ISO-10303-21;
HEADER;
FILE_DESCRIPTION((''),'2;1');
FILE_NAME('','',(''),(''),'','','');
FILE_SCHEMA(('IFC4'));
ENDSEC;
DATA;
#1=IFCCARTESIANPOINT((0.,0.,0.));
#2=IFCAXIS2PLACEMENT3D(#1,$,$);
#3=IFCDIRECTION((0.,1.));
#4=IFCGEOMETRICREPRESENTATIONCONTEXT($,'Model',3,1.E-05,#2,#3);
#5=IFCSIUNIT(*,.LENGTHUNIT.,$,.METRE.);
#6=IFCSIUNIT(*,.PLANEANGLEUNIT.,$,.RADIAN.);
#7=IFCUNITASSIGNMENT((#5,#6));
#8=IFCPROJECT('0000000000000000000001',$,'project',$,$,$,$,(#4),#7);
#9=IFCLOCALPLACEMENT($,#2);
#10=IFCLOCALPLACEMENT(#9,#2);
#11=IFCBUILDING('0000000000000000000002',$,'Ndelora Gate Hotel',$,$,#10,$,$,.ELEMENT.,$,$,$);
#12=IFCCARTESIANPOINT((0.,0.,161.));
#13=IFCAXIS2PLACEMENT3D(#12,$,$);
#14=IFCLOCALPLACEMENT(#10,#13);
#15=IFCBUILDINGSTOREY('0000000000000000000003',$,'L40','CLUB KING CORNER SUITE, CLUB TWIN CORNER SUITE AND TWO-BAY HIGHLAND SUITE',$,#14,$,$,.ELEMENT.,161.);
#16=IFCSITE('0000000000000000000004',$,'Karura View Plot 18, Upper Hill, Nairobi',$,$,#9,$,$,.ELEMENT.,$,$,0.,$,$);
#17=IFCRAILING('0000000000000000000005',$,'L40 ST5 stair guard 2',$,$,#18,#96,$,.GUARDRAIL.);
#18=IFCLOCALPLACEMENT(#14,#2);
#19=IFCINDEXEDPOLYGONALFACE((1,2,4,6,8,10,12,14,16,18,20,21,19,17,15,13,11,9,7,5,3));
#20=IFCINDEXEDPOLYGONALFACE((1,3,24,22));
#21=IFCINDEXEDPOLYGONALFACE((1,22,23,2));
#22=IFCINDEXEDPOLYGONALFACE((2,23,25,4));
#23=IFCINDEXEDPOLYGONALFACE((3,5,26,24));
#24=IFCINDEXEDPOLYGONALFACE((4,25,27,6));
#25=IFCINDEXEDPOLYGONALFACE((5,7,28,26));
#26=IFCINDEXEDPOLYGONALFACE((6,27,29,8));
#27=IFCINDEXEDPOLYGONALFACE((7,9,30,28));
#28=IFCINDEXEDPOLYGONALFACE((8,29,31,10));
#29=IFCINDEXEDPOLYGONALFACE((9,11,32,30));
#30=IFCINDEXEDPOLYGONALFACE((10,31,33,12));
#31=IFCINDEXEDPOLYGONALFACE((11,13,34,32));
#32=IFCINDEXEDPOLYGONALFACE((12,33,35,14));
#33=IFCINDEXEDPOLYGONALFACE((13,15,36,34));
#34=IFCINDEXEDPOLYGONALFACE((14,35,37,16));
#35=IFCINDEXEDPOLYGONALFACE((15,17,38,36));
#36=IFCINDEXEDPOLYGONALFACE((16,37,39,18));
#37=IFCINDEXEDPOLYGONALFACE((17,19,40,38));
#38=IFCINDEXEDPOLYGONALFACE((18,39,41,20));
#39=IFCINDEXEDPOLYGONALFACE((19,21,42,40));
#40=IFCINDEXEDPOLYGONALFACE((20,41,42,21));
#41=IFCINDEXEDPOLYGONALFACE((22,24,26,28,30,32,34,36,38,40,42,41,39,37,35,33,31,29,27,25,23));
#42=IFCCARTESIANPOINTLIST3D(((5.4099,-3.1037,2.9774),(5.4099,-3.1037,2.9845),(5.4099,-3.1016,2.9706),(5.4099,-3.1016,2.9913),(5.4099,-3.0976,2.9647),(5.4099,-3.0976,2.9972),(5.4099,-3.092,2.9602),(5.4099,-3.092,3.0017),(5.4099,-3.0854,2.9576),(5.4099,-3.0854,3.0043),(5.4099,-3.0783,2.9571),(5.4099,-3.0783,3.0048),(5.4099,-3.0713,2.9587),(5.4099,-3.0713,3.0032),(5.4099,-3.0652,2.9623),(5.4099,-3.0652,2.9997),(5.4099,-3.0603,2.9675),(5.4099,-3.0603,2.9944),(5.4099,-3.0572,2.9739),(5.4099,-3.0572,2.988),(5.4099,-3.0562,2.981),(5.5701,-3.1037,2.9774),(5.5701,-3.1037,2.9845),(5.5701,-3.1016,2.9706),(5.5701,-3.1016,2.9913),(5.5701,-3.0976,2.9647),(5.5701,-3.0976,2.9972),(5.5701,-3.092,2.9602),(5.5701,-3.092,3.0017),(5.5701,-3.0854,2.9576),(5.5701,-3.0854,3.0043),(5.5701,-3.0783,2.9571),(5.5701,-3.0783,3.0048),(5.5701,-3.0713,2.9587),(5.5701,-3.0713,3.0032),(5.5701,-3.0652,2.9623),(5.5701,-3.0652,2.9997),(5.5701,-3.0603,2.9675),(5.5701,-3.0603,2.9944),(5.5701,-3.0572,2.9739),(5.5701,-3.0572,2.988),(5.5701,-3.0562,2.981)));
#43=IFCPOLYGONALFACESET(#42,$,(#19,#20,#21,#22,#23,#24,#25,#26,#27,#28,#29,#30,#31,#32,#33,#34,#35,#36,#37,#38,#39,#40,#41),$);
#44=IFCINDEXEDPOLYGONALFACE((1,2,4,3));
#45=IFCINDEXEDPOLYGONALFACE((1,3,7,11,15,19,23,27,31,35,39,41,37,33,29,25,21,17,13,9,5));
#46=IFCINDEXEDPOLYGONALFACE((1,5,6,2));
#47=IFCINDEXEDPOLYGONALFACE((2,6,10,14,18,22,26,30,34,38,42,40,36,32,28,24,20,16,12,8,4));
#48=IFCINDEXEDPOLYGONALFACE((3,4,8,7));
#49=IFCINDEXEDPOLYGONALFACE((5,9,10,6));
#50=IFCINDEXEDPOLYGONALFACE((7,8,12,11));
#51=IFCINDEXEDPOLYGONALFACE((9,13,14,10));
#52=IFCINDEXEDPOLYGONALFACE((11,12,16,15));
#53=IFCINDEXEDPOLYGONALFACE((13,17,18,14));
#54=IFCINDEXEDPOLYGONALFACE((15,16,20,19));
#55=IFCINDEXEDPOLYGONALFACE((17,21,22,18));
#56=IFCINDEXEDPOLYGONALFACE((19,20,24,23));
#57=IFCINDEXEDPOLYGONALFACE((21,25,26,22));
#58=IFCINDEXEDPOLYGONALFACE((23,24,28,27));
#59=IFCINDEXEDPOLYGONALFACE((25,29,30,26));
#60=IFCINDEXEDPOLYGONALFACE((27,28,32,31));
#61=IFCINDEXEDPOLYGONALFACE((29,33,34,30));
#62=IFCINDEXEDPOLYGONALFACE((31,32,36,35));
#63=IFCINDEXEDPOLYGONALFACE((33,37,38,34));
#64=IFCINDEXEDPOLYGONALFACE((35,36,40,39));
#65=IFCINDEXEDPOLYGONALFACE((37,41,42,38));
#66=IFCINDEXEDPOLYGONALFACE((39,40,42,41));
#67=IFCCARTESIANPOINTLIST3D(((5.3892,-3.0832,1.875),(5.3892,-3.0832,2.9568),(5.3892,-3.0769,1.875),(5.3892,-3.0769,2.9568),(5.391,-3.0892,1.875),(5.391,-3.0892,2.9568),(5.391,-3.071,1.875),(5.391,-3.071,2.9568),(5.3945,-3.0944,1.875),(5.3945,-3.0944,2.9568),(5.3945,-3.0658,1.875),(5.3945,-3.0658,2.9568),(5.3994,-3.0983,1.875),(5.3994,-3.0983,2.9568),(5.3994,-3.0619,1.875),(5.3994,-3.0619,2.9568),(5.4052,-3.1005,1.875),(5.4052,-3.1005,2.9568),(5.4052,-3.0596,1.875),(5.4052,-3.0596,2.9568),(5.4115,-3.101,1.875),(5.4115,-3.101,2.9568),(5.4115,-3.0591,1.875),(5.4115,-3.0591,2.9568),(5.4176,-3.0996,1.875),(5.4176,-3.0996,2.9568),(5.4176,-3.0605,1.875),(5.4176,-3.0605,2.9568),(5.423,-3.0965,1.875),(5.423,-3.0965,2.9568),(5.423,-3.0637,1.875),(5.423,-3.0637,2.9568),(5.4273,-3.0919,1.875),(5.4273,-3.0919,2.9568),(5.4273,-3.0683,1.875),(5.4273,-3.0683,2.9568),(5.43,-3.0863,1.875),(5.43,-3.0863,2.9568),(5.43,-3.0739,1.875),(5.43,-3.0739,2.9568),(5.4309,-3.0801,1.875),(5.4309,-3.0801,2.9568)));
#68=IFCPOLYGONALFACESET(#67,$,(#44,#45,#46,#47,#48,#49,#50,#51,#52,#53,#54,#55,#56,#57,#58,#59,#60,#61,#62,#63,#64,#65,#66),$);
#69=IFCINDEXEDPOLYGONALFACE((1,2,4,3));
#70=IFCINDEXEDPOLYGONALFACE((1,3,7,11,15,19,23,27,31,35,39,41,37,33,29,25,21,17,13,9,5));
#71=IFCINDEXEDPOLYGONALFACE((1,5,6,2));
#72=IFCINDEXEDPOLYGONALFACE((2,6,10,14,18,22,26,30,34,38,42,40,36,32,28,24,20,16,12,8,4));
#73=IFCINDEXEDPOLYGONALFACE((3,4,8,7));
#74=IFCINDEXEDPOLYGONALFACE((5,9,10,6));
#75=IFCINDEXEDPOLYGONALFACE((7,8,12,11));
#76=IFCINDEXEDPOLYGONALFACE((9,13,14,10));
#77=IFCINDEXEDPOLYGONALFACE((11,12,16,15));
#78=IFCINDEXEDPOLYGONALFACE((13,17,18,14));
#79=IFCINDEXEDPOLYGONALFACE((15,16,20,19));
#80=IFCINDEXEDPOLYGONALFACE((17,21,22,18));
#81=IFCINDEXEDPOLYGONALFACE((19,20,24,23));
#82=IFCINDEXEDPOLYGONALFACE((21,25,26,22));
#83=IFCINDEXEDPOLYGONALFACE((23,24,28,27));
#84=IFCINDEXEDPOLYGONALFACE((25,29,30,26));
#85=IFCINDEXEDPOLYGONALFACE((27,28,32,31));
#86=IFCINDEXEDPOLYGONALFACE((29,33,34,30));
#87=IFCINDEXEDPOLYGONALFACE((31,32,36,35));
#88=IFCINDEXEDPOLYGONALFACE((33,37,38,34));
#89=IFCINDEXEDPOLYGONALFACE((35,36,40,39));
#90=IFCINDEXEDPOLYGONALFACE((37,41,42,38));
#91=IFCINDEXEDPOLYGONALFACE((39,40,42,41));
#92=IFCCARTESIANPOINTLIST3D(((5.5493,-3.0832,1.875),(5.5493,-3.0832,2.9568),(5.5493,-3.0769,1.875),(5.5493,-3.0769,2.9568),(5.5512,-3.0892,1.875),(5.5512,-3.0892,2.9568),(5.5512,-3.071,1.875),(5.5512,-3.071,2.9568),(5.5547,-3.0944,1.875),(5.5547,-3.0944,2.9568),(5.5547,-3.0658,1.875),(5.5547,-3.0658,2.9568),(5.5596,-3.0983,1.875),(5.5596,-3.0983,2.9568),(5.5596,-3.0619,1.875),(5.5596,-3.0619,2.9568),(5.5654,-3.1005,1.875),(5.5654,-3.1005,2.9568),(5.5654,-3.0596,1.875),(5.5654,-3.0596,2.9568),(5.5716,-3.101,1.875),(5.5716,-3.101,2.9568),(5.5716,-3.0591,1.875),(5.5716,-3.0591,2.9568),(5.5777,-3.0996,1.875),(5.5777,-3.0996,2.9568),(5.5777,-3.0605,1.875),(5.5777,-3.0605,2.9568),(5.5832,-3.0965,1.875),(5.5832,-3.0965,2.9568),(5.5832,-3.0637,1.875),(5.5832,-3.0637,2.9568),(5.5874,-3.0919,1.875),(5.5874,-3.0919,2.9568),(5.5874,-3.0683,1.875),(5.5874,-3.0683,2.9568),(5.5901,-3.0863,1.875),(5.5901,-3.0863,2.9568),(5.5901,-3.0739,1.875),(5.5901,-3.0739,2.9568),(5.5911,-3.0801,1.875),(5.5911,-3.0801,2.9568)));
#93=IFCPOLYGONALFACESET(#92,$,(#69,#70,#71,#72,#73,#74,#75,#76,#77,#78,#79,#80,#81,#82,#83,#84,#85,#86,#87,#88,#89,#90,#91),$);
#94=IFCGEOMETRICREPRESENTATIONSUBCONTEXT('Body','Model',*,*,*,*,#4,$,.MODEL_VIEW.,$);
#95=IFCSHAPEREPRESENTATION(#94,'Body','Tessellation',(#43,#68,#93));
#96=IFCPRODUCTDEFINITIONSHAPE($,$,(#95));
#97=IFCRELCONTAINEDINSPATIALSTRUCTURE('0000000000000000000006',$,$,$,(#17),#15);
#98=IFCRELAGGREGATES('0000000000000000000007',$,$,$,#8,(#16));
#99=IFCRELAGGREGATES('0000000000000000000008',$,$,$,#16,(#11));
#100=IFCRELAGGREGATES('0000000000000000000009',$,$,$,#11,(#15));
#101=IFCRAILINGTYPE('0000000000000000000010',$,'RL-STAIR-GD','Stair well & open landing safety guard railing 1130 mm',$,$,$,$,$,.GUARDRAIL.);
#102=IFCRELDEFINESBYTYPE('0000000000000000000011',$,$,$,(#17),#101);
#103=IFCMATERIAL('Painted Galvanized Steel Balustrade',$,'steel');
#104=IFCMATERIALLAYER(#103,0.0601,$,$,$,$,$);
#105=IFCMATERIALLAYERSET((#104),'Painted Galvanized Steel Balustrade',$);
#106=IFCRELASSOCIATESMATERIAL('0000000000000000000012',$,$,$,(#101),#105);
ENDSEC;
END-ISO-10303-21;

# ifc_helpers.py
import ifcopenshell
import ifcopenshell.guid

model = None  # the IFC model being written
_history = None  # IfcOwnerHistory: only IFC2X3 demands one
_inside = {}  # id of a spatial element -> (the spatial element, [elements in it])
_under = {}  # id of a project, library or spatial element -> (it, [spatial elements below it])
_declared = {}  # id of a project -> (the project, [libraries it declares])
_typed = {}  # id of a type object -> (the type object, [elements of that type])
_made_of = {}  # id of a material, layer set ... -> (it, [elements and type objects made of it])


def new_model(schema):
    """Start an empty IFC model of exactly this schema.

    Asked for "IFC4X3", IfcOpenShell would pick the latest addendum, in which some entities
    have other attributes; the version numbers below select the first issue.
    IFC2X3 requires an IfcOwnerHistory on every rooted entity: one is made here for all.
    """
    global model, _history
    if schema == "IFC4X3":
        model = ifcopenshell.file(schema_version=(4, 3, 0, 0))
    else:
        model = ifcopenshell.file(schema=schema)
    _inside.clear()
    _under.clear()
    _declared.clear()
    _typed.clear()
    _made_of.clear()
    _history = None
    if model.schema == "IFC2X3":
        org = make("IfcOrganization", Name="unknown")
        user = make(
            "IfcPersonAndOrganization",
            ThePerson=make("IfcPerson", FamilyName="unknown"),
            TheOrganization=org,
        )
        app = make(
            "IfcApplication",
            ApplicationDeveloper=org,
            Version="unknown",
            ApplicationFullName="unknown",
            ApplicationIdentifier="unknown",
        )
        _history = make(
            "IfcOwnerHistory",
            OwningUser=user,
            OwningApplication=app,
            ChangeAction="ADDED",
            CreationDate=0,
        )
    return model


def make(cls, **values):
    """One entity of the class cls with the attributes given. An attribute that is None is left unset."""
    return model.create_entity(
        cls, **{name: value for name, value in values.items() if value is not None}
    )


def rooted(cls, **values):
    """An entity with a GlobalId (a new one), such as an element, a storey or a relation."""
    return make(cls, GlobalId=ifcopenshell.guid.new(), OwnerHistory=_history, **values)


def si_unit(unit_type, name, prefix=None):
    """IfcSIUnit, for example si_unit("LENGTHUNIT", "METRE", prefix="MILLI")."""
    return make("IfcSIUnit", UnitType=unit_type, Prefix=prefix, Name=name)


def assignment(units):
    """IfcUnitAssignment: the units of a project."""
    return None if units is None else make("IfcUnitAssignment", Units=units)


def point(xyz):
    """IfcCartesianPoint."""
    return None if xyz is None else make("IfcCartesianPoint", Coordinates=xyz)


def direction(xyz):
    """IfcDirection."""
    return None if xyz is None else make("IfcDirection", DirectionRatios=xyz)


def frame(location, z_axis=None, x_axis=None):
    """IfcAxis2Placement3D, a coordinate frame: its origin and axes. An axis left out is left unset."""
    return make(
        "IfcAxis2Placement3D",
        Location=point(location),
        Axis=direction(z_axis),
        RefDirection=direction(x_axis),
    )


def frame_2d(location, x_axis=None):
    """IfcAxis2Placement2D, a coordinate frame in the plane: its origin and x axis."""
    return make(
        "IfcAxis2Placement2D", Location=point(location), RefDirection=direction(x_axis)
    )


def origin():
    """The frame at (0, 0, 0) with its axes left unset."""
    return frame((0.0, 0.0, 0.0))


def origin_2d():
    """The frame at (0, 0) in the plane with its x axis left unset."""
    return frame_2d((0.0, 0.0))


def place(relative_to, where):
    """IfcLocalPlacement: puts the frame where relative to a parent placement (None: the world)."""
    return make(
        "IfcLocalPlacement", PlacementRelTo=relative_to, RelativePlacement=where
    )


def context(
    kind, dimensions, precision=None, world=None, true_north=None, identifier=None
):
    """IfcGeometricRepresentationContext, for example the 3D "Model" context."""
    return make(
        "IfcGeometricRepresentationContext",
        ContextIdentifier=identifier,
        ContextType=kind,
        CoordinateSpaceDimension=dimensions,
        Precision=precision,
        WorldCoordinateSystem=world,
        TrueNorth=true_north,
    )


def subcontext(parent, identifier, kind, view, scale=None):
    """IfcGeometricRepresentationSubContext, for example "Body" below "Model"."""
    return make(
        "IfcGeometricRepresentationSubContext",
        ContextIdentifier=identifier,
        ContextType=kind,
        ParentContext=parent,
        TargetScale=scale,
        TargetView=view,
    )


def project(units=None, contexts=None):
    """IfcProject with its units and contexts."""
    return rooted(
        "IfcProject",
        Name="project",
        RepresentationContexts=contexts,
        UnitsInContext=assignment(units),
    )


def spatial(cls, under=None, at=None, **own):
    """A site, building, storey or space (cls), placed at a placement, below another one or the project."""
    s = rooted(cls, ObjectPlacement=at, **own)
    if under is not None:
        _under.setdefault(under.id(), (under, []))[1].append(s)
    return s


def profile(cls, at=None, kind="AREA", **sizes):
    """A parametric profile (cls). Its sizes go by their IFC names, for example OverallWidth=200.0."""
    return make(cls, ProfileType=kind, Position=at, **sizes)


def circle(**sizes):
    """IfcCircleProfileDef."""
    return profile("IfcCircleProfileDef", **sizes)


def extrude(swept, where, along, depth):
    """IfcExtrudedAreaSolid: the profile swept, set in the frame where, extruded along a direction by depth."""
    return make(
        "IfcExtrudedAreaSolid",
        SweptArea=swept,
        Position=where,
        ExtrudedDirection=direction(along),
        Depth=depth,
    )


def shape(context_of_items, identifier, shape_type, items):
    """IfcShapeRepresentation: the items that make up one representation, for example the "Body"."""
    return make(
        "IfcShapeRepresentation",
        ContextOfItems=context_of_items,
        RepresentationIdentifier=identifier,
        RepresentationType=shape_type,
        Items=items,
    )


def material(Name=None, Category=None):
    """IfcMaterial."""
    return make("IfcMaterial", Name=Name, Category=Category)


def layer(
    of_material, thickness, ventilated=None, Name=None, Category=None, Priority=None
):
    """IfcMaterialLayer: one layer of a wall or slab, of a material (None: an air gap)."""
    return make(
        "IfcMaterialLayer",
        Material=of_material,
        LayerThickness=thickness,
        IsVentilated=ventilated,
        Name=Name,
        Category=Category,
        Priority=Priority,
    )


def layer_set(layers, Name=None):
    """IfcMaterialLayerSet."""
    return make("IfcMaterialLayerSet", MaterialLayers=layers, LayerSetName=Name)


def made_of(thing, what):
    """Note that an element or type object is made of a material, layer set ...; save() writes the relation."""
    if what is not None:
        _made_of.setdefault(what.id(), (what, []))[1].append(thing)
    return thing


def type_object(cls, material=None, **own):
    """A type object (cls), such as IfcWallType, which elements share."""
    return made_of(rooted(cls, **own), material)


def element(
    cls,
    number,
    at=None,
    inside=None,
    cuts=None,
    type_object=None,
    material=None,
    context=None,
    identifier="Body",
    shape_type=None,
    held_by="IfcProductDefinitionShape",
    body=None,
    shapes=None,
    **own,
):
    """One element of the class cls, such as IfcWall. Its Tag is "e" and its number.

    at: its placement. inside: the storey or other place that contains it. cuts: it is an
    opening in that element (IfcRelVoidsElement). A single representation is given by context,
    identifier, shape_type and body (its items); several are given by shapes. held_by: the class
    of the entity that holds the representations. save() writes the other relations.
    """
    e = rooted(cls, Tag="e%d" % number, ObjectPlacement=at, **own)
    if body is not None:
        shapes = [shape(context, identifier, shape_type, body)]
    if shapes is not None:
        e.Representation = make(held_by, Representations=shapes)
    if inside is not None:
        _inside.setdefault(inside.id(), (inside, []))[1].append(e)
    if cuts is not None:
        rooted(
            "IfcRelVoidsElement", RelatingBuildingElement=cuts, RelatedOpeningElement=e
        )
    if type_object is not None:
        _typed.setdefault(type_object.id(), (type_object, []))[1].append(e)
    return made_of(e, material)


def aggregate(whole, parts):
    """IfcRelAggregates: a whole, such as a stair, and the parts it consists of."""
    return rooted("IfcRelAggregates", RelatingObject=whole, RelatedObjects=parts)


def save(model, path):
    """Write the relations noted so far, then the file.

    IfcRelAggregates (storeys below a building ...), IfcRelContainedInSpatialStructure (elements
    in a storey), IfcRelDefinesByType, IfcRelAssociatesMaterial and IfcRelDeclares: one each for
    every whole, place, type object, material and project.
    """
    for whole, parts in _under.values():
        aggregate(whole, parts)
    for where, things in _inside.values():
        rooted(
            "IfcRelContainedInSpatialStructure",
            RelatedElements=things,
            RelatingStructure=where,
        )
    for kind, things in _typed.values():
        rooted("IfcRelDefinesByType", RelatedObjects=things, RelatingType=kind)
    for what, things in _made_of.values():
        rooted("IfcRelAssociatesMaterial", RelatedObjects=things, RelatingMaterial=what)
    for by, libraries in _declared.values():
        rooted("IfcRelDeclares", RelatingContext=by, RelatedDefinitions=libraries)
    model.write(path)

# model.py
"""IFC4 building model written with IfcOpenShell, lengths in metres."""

from ifc_helpers import new_model, si_unit, direction, frame, origin, origin_2d, place, context, subcontext, project, spatial, circle, extrude, material, layer, layer_set, type_object, element, save


model = new_model("IFC4")

# Units and contexts
model_context = context("Model", 3, precision=1e-05, world=origin(), true_north=direction((0.0, 1.0)))
body_context = subcontext(model_context, "Body", "Model", "MODEL_VIEW")
ifc_project = project(units=[si_unit("LENGTHUNIT", "METRE"), si_unit("PLANEANGLEUNIT", "RADIAN")], contexts=[model_context])

# Site, building, storey
site_placement = place(None, origin())
site = spatial("IfcSite", under=ifc_project, at=site_placement, Name="Karura View Plot 18, Upper Hill, Nairobi", CompositionType="ELEMENT", RefElevation=0.0)
building_placement = place(site_placement, origin())
building = spatial("IfcBuilding", under=site, at=building_placement, Name="Ndelora Gate Hotel", CompositionType="ELEMENT")
storey_placement = place(building_placement, frame((0.0, 0.0, 161.0)))
storey = spatial("IfcBuildingStorey", under=building, at=storey_placement, Name="L40", Description="CLUB KING CORNER SUITE, CLUB TWIN CORNER SUITE AND TWO-BAY HIGHLAND SUITE", CompositionType="ELEMENT", Elevation=161.0)

# Railing
ifc_material_1 = material(Name="Painted Galvanized Steel Balustrade", Category="steel")
ifc_layer_1 = layer(ifc_material_1, 0.0601)
ifc_layer_set_1 = layer_set([ifc_layer_1], Name="Painted Galvanized Steel Balustrade")
railing_type_1 = type_object("IfcRailingType", Name="RL-STAIR-GD", Description="Stair well & open landing safety guard railing 1130 mm", PredefinedType="GUARDRAIL", material=ifc_layer_set_1)
railing_1_placement = place(storey_placement, frame((5.4099, -3.0801, 1.875)))
element("IfcRailing", 1, at=railing_1_placement, inside=storey, type_object=railing_type_1, Name="L40 ST5 stair guard 2", PredefinedType="GUARDRAIL", context=body_context, shape_type="SweptSolid", body=[
    extrude(circle(Radius=0.0239, at=origin_2d()), frame((0.0, 0.0, 1.106), z_axis=(1.0, 0.0, 0.0), x_axis=(0.0, 1.0, 0.0)), (0.0, 0.0, 1.0), 0.1602),
    extrude(circle(Radius=0.021, at=origin_2d()), origin(), (0.0, 0.0, 1.0), 1.0818),
    extrude(circle(Radius=0.021, at=origin_2d()), frame((0.1602, 0.0, 0.0)), (0.0, 0.0, 1.0), 1.0818),
])

save(model, "model.ifc")
